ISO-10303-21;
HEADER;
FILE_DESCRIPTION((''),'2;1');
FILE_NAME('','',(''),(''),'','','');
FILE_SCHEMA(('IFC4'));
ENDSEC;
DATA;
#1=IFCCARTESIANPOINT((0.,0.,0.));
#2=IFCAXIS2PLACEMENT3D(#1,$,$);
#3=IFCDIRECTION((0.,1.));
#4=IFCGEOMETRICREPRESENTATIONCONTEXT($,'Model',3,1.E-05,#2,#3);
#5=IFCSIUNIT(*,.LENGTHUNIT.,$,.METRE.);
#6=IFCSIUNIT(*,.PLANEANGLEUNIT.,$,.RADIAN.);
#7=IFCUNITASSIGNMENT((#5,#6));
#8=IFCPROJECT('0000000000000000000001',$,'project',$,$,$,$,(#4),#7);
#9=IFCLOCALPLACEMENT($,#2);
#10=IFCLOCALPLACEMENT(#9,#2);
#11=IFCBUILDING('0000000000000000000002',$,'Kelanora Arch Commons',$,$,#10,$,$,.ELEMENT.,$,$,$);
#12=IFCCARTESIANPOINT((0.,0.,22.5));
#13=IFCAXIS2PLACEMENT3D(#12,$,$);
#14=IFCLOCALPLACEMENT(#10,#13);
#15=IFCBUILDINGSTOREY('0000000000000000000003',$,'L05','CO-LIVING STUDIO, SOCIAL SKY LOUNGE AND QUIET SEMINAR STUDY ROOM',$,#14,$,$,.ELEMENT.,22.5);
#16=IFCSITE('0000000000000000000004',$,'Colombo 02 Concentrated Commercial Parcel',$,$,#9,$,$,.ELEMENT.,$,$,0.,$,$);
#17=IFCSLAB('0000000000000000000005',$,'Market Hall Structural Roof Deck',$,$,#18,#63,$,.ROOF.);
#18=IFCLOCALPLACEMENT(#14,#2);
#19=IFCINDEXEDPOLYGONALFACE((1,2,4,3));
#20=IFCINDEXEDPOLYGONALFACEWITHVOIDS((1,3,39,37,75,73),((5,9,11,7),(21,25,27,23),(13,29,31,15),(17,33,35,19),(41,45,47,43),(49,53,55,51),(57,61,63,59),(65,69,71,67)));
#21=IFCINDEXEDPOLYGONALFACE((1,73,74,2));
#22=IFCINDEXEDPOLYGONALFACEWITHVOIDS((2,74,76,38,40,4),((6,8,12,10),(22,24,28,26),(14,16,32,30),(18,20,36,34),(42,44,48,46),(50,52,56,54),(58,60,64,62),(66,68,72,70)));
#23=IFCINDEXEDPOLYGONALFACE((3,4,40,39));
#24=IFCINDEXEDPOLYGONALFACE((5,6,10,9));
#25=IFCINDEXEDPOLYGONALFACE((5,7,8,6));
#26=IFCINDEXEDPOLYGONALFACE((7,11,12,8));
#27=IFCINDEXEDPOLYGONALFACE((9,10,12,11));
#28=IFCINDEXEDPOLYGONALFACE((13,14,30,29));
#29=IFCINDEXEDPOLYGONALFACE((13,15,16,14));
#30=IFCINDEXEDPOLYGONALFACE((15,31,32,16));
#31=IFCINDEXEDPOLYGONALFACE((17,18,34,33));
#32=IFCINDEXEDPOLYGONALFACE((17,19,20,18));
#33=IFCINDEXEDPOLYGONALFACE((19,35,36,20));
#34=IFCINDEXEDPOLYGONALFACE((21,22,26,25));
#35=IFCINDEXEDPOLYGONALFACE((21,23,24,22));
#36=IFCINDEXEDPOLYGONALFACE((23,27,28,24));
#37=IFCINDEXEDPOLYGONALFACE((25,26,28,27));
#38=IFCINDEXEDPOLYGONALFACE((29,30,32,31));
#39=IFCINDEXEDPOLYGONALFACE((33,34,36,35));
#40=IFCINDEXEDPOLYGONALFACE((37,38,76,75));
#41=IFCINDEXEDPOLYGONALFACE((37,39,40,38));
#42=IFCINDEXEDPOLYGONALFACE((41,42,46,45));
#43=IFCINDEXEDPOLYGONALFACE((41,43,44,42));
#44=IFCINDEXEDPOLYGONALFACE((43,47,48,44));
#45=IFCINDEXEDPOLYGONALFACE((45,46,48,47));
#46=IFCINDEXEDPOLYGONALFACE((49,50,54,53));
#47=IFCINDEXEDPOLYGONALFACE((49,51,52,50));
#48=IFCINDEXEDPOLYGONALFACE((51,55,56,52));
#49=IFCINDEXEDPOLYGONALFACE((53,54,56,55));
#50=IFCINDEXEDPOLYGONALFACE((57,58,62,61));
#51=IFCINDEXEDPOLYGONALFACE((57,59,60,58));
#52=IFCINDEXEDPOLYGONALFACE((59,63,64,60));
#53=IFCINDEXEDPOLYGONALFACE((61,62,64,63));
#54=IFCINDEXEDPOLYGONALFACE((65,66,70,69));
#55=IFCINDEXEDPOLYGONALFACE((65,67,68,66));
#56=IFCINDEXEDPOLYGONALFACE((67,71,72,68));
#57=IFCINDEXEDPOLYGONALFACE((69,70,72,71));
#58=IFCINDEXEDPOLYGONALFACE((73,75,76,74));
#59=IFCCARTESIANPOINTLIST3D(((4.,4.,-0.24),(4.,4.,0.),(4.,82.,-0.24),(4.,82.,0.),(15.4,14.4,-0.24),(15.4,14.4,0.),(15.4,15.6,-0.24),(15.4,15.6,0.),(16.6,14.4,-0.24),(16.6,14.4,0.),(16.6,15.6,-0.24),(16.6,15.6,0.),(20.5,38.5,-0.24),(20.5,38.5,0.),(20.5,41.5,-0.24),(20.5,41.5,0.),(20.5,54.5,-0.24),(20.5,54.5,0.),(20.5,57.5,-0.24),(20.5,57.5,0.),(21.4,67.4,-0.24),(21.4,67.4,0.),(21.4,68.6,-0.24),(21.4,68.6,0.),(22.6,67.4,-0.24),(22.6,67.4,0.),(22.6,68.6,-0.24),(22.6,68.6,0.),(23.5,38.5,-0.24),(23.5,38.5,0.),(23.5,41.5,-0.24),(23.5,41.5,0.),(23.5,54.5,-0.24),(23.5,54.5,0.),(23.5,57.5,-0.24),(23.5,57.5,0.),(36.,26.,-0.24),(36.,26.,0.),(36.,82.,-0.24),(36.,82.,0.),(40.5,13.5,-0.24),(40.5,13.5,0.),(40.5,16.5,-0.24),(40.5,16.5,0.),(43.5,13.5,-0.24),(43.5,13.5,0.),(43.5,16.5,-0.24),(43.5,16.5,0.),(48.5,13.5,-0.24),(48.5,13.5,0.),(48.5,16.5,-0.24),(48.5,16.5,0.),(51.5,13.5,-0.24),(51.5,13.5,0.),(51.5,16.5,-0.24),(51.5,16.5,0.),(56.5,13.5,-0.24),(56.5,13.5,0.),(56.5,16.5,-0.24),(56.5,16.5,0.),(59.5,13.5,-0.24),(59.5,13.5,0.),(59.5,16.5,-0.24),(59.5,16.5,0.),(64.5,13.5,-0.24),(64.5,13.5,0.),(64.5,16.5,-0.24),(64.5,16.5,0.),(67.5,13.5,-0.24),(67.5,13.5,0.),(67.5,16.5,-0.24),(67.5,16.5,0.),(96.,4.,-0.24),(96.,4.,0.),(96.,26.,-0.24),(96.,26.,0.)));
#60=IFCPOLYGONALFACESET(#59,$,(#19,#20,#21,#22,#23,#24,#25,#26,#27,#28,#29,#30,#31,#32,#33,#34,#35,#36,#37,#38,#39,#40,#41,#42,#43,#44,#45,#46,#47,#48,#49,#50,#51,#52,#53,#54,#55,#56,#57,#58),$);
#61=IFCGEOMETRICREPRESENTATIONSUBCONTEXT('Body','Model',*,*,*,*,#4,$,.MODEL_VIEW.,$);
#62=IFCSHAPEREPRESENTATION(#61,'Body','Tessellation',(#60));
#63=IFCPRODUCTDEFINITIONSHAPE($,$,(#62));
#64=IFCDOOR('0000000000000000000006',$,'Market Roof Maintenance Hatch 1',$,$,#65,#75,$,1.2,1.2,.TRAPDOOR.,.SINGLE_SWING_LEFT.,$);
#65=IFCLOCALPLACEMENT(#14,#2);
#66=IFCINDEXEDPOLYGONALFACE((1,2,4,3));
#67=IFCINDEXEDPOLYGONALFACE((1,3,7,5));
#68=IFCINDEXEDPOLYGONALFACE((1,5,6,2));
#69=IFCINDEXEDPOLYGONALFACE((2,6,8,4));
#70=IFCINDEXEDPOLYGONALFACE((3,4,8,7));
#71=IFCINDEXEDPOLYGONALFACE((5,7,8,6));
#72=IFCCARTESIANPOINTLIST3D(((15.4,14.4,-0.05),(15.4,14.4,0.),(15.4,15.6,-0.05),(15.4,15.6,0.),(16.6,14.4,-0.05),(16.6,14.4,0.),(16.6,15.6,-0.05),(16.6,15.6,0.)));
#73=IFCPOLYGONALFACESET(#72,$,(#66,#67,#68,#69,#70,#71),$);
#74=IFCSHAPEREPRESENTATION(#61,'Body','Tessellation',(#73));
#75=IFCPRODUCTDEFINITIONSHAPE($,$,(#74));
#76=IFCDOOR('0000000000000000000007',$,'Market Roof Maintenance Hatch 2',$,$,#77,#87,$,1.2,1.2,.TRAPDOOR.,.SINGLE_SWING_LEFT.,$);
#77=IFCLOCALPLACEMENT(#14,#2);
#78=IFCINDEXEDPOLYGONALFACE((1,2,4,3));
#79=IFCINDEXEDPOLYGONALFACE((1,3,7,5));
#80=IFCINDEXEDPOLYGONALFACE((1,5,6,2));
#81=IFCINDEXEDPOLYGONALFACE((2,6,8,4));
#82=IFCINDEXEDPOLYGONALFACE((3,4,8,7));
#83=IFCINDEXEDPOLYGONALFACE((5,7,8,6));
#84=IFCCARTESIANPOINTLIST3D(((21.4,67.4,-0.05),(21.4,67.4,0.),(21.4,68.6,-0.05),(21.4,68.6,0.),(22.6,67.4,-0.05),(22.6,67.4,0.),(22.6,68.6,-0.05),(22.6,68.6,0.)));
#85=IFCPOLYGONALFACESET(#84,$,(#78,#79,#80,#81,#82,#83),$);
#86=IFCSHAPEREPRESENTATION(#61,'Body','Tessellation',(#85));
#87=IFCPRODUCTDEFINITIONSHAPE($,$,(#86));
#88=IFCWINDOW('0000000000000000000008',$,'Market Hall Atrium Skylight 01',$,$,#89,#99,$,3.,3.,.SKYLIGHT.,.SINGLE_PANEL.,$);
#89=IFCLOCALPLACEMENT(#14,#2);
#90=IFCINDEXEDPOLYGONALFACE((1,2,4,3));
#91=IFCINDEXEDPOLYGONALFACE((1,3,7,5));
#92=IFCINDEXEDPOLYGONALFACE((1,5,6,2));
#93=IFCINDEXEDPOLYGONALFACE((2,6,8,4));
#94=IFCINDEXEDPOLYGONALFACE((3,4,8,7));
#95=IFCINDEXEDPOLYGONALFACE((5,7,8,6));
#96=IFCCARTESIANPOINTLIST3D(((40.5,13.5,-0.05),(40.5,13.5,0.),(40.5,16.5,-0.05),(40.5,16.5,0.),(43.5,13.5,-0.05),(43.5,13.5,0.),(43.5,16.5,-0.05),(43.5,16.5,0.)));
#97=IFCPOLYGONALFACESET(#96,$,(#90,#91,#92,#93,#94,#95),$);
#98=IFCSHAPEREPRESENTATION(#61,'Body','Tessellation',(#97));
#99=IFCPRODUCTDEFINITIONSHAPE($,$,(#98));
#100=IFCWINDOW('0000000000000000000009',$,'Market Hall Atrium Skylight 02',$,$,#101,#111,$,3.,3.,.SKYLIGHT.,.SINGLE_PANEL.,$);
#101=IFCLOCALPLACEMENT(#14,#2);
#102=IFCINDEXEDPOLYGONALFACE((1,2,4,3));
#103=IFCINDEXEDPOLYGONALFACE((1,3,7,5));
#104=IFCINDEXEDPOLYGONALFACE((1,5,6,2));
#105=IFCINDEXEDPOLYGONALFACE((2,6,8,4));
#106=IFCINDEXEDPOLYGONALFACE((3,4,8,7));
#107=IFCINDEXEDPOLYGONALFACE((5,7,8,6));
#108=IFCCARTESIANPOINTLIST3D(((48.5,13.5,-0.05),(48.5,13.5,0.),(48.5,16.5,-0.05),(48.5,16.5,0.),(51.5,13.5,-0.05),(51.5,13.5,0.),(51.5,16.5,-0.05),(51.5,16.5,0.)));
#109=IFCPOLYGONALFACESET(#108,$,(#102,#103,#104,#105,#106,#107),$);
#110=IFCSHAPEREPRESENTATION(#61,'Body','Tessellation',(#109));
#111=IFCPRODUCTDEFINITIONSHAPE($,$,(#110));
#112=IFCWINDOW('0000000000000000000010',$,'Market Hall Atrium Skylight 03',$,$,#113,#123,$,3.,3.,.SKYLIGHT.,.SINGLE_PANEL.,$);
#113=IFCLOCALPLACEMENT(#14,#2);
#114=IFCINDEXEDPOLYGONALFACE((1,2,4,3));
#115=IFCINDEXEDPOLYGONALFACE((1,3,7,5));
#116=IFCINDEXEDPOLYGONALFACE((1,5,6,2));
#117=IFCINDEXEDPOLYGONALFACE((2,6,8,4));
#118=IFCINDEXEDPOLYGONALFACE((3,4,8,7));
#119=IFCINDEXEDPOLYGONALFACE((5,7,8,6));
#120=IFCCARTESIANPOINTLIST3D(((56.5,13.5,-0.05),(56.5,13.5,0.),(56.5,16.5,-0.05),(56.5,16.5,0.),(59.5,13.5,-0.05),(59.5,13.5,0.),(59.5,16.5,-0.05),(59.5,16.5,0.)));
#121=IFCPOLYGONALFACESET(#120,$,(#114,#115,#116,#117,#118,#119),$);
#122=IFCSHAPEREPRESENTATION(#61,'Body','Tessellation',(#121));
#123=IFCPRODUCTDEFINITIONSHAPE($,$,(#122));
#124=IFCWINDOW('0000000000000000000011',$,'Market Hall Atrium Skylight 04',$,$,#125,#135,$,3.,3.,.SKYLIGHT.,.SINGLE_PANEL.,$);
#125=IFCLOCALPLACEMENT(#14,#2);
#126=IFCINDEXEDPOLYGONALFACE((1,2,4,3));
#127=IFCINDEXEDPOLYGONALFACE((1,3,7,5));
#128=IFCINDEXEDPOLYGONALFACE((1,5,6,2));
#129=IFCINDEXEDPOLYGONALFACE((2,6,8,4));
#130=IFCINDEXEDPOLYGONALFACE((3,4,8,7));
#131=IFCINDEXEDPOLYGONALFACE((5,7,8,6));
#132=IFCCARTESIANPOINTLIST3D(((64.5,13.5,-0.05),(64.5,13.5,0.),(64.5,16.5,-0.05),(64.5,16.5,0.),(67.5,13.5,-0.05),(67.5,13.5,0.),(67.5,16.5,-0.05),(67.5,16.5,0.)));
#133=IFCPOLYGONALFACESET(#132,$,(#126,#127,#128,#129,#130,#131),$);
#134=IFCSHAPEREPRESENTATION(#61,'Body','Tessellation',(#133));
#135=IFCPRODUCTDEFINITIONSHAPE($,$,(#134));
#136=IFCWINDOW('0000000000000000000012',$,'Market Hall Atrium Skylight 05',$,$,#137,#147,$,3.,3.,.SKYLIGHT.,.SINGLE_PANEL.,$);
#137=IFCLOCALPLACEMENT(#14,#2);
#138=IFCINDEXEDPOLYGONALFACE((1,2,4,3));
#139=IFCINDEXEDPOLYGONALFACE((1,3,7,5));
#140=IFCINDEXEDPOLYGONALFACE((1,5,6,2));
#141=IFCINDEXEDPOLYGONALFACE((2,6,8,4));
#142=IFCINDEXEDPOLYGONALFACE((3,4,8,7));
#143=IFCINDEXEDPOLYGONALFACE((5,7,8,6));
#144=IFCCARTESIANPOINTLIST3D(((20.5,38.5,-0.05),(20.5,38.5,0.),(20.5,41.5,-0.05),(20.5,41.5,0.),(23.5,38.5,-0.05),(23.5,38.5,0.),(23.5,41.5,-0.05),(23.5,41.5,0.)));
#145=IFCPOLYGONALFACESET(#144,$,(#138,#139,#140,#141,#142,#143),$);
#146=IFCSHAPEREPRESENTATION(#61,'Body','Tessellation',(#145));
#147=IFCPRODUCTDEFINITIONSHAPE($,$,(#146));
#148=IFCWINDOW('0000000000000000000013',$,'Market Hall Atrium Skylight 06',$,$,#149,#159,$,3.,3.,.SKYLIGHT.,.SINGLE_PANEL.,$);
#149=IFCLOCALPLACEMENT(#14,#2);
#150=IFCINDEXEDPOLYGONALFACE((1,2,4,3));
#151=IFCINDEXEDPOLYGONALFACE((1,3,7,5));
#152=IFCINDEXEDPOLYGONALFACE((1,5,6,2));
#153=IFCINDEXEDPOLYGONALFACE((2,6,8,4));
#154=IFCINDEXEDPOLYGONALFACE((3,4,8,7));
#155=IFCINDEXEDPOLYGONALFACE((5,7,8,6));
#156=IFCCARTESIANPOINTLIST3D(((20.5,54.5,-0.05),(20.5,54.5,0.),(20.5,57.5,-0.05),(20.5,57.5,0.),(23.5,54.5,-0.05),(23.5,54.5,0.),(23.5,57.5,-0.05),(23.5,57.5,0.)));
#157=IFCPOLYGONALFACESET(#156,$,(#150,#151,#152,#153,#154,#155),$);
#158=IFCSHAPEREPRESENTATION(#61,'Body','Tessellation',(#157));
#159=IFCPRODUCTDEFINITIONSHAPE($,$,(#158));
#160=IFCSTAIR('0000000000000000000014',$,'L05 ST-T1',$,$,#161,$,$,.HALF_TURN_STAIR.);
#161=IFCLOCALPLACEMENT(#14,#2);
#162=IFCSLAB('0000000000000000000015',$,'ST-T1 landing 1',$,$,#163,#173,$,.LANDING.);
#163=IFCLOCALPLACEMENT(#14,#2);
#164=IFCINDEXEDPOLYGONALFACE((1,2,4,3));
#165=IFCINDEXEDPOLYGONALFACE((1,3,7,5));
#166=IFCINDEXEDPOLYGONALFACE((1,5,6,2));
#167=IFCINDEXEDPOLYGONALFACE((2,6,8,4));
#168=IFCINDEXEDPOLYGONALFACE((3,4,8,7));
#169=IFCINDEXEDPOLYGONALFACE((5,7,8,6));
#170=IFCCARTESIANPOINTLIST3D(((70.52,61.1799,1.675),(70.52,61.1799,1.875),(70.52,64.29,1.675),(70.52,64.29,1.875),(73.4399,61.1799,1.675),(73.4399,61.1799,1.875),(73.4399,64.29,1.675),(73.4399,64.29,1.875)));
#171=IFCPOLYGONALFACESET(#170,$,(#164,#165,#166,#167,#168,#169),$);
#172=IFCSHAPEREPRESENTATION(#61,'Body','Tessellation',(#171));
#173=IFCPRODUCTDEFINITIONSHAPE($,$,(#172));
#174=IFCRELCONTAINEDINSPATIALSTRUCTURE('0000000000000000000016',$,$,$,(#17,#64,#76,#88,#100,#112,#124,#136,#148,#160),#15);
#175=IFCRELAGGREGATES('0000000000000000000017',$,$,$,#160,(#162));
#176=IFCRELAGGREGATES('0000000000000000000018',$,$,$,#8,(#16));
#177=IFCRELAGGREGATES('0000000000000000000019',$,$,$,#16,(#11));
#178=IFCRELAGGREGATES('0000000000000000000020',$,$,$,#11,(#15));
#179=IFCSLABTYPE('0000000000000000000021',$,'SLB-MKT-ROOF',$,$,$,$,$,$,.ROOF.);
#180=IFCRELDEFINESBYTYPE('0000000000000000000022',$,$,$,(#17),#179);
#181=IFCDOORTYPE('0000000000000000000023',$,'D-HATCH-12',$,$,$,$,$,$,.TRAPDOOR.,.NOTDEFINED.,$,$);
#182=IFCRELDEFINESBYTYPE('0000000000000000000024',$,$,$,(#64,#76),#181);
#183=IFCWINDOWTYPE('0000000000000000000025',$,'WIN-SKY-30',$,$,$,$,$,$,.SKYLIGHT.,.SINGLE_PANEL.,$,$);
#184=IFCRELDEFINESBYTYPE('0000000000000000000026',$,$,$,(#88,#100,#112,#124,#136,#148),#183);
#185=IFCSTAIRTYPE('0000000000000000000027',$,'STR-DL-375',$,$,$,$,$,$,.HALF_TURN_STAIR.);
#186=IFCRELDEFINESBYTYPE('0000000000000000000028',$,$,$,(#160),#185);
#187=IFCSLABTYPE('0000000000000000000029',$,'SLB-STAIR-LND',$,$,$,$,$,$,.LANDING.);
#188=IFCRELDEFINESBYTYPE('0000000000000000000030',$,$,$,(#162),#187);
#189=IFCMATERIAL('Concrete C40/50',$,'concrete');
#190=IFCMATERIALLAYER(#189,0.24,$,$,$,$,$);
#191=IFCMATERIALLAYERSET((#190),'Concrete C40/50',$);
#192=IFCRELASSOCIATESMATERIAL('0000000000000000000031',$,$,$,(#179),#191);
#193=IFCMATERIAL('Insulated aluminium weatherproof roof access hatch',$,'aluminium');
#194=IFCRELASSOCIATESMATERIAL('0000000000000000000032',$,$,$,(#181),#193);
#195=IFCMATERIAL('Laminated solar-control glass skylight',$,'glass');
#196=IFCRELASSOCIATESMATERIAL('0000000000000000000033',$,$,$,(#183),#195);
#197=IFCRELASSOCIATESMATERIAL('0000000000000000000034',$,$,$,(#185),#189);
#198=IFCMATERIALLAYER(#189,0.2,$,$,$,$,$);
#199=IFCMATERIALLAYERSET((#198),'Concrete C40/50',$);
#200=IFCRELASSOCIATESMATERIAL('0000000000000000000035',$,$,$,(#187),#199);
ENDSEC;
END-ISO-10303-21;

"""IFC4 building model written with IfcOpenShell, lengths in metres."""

from ifc_helpers import new_model, si_unit, direction, frame, origin, origin_2d, place, context, subcontext, project, spatial, polyline, rectangle, outline, extrude, material, layer, layer_set, type_object, element, fill, aggregate, save


model = new_model("IFC4")

# Units and contexts
model_context = context("Model", 3, precision=1e-05, world=origin(), true_north=direction((0.0, 1.0)))
body_context = subcontext(model_context, "Body", "Model", "MODEL_VIEW")
ifc_project = project(units=[si_unit("LENGTHUNIT", "METRE"), si_unit("PLANEANGLEUNIT", "RADIAN")], contexts=[model_context])

# Site, building, storey
site_placement = place(None, origin())
site = spatial("IfcSite", under=ifc_project, at=site_placement, Name="Colombo 02 Concentrated Commercial Parcel", CompositionType="ELEMENT", RefElevation=0.0)
building_placement = place(site_placement, origin())
building = spatial("IfcBuilding", under=site, at=building_placement, Name="Kelanora Arch Commons", CompositionType="ELEMENT")
storey_placement = place(building_placement, frame((0.0, 0.0, 22.5)))
storey = spatial("IfcBuildingStorey", under=building, at=storey_placement, Name="L05", Description="CO-LIVING STUDIO, SOCIAL SKY LOUNGE AND QUIET SEMINAR STUDY ROOM", CompositionType="ELEMENT", Elevation=22.5)

# Slab, openings, doors, windows
ifc_material_1 = material(Name="Concrete C40/50", Category="concrete")
ifc_layer_1 = layer(ifc_material_1, 0.24)
ifc_layer_set_1 = layer_set([ifc_layer_1], Name="Concrete C40/50")
slab_type_1 = type_object("IfcSlabType", Name="SLB-MKT-ROOF", PredefinedType="ROOF", material=ifc_layer_set_1)
slab_1_placement = place(storey_placement, frame((0.0, 0.0, -0.24)))
slab_1 = element("IfcSlab", 1, at=slab_1_placement, inside=storey, type_object=slab_type_1, Name="Market Hall Structural Roof Deck", PredefinedType="ROOF", context=body_context, shape_type="SweptSolid", body=[
    extrude(outline(polyline([(4.0, 4.0), (96.0, 4.0), (96.0, 26.0), (36.0, 26.0), (36.0, 82.0), (4.0, 82.0), (4.0, 4.0)])), origin(), (0.0, 0.0, 1.0), 0.24),
])
opening_1_placement = place(slab_1_placement, frame((42.0, 15.0, 0.0)))
opening_1 = element("IfcOpeningElement", 2, at=opening_1_placement, cuts=slab_1, PredefinedType="OPENING", context=body_context, shape_type="SweptSolid", body=[
    extrude(rectangle(XDim=3.0, YDim=3.0, at=origin_2d()), frame((0.0, 0.0, -0.01)), (0.0, 0.0, 1.0), 0.26),
])
opening_2_placement = place(slab_1_placement, frame((50.0, 15.0, 0.0)))
opening_2 = element("IfcOpeningElement", 3, at=opening_2_placement, cuts=slab_1, PredefinedType="OPENING", context=body_context, shape_type="SweptSolid", body=[
    extrude(rectangle(XDim=3.0, YDim=3.0, at=origin_2d()), frame((0.0, 0.0, -0.01)), (0.0, 0.0, 1.0), 0.26),
])
opening_3_placement = place(slab_1_placement, frame((58.0, 15.0, 0.0)))
opening_3 = element("IfcOpeningElement", 4, at=opening_3_placement, cuts=slab_1, PredefinedType="OPENING", context=body_context, shape_type="SweptSolid", body=[
    extrude(rectangle(XDim=3.0, YDim=3.0, at=origin_2d()), frame((0.0, 0.0, -0.01)), (0.0, 0.0, 1.0), 0.26),
])
opening_4_placement = place(slab_1_placement, frame((66.0, 15.0, 0.0)))
opening_4 = element("IfcOpeningElement", 5, at=opening_4_placement, cuts=slab_1, PredefinedType="OPENING", context=body_context, shape_type="SweptSolid", body=[
    extrude(rectangle(XDim=3.0, YDim=3.0, at=origin_2d()), frame((0.0, 0.0, -0.01)), (0.0, 0.0, 1.0), 0.26),
])
opening_5_placement = place(slab_1_placement, frame((22.0, 40.0, 0.0)))
opening_5 = element("IfcOpeningElement", 6, at=opening_5_placement, cuts=slab_1, PredefinedType="OPENING", context=body_context, shape_type="SweptSolid", body=[
    extrude(rectangle(XDim=3.0, YDim=3.0, at=origin_2d()), frame((0.0, 0.0, -0.01)), (0.0, 0.0, 1.0), 0.26),
])
opening_6_placement = place(slab_1_placement, frame((22.0, 56.0, 0.0)))
opening_6 = element("IfcOpeningElement", 7, at=opening_6_placement, cuts=slab_1, PredefinedType="OPENING", context=body_context, shape_type="SweptSolid", body=[
    extrude(rectangle(XDim=3.0, YDim=3.0, at=origin_2d()), frame((0.0, 0.0, -0.01)), (0.0, 0.0, 1.0), 0.26),
])
opening_7_placement = place(slab_1_placement, frame((16.0, 15.0, 0.0)))
opening_7 = element("IfcOpeningElement", 8, at=opening_7_placement, cuts=slab_1, PredefinedType="OPENING", context=body_context, shape_type="SweptSolid", body=[
    extrude(rectangle(XDim=1.2, YDim=1.2, at=origin_2d()), frame((0.0, 0.0, -0.01)), (0.0, 0.0, 1.0), 0.26),
])
opening_8_placement = place(slab_1_placement, frame((22.0, 68.0, 0.0)))
opening_8 = element("IfcOpeningElement", 9, at=opening_8_placement, cuts=slab_1, PredefinedType="OPENING", context=body_context, shape_type="SweptSolid", body=[
    extrude(rectangle(XDim=1.2, YDim=1.2, at=origin_2d()), frame((0.0, 0.0, -0.01)), (0.0, 0.0, 1.0), 0.26),
])
ifc_material_2 = material(Name="Insulated aluminium weatherproof roof access hatch", Category="aluminium")
door_type = type_object("IfcDoorType", Name="D-HATCH-12", OperationType="NOTDEFINED", PredefinedType="TRAPDOOR", material=ifc_material_2)
door_1_placement = place(opening_7_placement, frame((0.0, 0.0, 0.1899)))
door_1 = element("IfcDoor", 10, at=door_1_placement, inside=storey, type_object=door_type, Name="Market Roof Maintenance Hatch 1", OperationType="SINGLE_SWING_LEFT", OverallHeight=1.2, OverallWidth=1.2, PredefinedType="TRAPDOOR", context=body_context, shape_type="SweptSolid", body=[
    extrude(rectangle(XDim=1.2, YDim=1.2, at=origin_2d()), origin(), (0.0, 0.0, 1.0), 0.05),
])
fill(opening_7, door_1)
door_2_placement = place(opening_8_placement, frame((0.0, 0.0, 0.1899)))
door_2 = element("IfcDoor", 11, at=door_2_placement, inside=storey, type_object=door_type, Name="Market Roof Maintenance Hatch 2", OperationType="SINGLE_SWING_LEFT", OverallHeight=1.2, OverallWidth=1.2, PredefinedType="TRAPDOOR", context=body_context, shape_type="SweptSolid", body=[
    extrude(rectangle(XDim=1.2, YDim=1.2, at=origin_2d()), origin(), (0.0, 0.0, 1.0), 0.05),
])
fill(opening_8, door_2)
ifc_material_3 = material(Name="Laminated solar-control glass skylight", Category="glass")
window_type = type_object("IfcWindowType", Name="WIN-SKY-30", PartitioningType="SINGLE_PANEL", PredefinedType="SKYLIGHT", material=ifc_material_3)
window_1_placement = place(opening_1_placement, frame((0.0, 0.0, 0.1899)))
window_1 = element("IfcWindow", 12, at=window_1_placement, inside=storey, type_object=window_type, Name="Market Hall Atrium Skylight 01", OverallHeight=3.0, OverallWidth=3.0, PartitioningType="SINGLE_PANEL", PredefinedType="SKYLIGHT", context=body_context, shape_type="SweptSolid", body=[
    extrude(rectangle(XDim=3.0, YDim=3.0, at=origin_2d()), origin(), (0.0, 0.0, 1.0), 0.05),
])
fill(opening_1, window_1)
window_2_placement = place(opening_2_placement, frame((0.0, 0.0, 0.1899)))
window_2 = element("IfcWindow", 13, at=window_2_placement, inside=storey, type_object=window_type, Name="Market Hall Atrium Skylight 02", OverallHeight=3.0, OverallWidth=3.0, PartitioningType="SINGLE_PANEL", PredefinedType="SKYLIGHT", context=body_context, shape_type="SweptSolid", body=[
    extrude(rectangle(XDim=3.0, YDim=3.0, at=origin_2d()), origin(), (0.0, 0.0, 1.0), 0.05),
])
fill(opening_2, window_2)
window_3_placement = place(opening_3_placement, frame((0.0, 0.0, 0.1899)))
window_3 = element("IfcWindow", 14, at=window_3_placement, inside=storey, type_object=window_type, Name="Market Hall Atrium Skylight 03", OverallHeight=3.0, OverallWidth=3.0, PartitioningType="SINGLE_PANEL", PredefinedType="SKYLIGHT", context=body_context, shape_type="SweptSolid", body=[
    extrude(rectangle(XDim=3.0, YDim=3.0, at=origin_2d()), origin(), (0.0, 0.0, 1.0), 0.05),
])
fill(opening_3, window_3)
window_4_placement = place(opening_4_placement, frame((0.0, 0.0, 0.1899)))
window_4 = element("IfcWindow", 15, at=window_4_placement, inside=storey, type_object=window_type, Name="Market Hall Atrium Skylight 04", OverallHeight=3.0, OverallWidth=3.0, PartitioningType="SINGLE_PANEL", PredefinedType="SKYLIGHT", context=body_context, shape_type="SweptSolid", body=[
    extrude(rectangle(XDim=3.0, YDim=3.0, at=origin_2d()), origin(), (0.0, 0.0, 1.0), 0.05),
])
fill(opening_4, window_4)
window_5_placement = place(opening_5_placement, frame((0.0, 0.0, 0.1899)))
window_5 = element("IfcWindow", 16, at=window_5_placement, inside=storey, type_object=window_type, Name="Market Hall Atrium Skylight 05", OverallHeight=3.0, OverallWidth=3.0, PartitioningType="SINGLE_PANEL", PredefinedType="SKYLIGHT", context=body_context, shape_type="SweptSolid", body=[
    extrude(rectangle(XDim=3.0, YDim=3.0, at=origin_2d()), origin(), (0.0, 0.0, 1.0), 0.05),
])
fill(opening_5, window_5)
window_6_placement = place(opening_6_placement, frame((0.0, 0.0, 0.1899)))
window_6 = element("IfcWindow", 17, at=window_6_placement, inside=storey, type_object=window_type, Name="Market Hall Atrium Skylight 06", OverallHeight=3.0, OverallWidth=3.0, PartitioningType="SINGLE_PANEL", PredefinedType="SKYLIGHT", context=body_context, shape_type="SweptSolid", body=[
    extrude(rectangle(XDim=3.0, YDim=3.0, at=origin_2d()), origin(), (0.0, 0.0, 1.0), 0.05),
])
fill(opening_6, window_6)

# Stair, slab
stair_type = type_object("IfcStairType", Name="STR-DL-375", PredefinedType="HALF_TURN_STAIR", material=ifc_material_1)
stair_1_placement = place(storey_placement, origin())
stair_1 = element("IfcStair", 18, at=stair_1_placement, inside=storey, type_object=stair_type, Name="L05 ST-T1", PredefinedType="HALF_TURN_STAIR")
ifc_layer_2 = layer(ifc_material_1, 0.2)
ifc_layer_set_2 = layer_set([ifc_layer_2], Name="Concrete C40/50")
slab_type_2 = type_object("IfcSlabType", Name="SLB-STAIR-LND", PredefinedType="LANDING", material=ifc_layer_set_2)
slab_2_placement = place(storey_placement, frame((0.0, 0.0, 1.675)))
slab_2 = element("IfcSlab", 19, at=slab_2_placement, type_object=slab_type_2, Name="ST-T1 landing 1", PredefinedType="LANDING", context=body_context, shape_type="SweptSolid", body=[
    extrude(outline(polyline([(70.52, 61.1799), (73.4399, 61.1799), (73.4399, 64.29), (70.52, 64.29), (70.52, 61.1799)])), origin(), (0.0, 0.0, 1.0), 0.2),
])
aggregate(stair_1, [slab_2])

save(model, "model.ifc")
